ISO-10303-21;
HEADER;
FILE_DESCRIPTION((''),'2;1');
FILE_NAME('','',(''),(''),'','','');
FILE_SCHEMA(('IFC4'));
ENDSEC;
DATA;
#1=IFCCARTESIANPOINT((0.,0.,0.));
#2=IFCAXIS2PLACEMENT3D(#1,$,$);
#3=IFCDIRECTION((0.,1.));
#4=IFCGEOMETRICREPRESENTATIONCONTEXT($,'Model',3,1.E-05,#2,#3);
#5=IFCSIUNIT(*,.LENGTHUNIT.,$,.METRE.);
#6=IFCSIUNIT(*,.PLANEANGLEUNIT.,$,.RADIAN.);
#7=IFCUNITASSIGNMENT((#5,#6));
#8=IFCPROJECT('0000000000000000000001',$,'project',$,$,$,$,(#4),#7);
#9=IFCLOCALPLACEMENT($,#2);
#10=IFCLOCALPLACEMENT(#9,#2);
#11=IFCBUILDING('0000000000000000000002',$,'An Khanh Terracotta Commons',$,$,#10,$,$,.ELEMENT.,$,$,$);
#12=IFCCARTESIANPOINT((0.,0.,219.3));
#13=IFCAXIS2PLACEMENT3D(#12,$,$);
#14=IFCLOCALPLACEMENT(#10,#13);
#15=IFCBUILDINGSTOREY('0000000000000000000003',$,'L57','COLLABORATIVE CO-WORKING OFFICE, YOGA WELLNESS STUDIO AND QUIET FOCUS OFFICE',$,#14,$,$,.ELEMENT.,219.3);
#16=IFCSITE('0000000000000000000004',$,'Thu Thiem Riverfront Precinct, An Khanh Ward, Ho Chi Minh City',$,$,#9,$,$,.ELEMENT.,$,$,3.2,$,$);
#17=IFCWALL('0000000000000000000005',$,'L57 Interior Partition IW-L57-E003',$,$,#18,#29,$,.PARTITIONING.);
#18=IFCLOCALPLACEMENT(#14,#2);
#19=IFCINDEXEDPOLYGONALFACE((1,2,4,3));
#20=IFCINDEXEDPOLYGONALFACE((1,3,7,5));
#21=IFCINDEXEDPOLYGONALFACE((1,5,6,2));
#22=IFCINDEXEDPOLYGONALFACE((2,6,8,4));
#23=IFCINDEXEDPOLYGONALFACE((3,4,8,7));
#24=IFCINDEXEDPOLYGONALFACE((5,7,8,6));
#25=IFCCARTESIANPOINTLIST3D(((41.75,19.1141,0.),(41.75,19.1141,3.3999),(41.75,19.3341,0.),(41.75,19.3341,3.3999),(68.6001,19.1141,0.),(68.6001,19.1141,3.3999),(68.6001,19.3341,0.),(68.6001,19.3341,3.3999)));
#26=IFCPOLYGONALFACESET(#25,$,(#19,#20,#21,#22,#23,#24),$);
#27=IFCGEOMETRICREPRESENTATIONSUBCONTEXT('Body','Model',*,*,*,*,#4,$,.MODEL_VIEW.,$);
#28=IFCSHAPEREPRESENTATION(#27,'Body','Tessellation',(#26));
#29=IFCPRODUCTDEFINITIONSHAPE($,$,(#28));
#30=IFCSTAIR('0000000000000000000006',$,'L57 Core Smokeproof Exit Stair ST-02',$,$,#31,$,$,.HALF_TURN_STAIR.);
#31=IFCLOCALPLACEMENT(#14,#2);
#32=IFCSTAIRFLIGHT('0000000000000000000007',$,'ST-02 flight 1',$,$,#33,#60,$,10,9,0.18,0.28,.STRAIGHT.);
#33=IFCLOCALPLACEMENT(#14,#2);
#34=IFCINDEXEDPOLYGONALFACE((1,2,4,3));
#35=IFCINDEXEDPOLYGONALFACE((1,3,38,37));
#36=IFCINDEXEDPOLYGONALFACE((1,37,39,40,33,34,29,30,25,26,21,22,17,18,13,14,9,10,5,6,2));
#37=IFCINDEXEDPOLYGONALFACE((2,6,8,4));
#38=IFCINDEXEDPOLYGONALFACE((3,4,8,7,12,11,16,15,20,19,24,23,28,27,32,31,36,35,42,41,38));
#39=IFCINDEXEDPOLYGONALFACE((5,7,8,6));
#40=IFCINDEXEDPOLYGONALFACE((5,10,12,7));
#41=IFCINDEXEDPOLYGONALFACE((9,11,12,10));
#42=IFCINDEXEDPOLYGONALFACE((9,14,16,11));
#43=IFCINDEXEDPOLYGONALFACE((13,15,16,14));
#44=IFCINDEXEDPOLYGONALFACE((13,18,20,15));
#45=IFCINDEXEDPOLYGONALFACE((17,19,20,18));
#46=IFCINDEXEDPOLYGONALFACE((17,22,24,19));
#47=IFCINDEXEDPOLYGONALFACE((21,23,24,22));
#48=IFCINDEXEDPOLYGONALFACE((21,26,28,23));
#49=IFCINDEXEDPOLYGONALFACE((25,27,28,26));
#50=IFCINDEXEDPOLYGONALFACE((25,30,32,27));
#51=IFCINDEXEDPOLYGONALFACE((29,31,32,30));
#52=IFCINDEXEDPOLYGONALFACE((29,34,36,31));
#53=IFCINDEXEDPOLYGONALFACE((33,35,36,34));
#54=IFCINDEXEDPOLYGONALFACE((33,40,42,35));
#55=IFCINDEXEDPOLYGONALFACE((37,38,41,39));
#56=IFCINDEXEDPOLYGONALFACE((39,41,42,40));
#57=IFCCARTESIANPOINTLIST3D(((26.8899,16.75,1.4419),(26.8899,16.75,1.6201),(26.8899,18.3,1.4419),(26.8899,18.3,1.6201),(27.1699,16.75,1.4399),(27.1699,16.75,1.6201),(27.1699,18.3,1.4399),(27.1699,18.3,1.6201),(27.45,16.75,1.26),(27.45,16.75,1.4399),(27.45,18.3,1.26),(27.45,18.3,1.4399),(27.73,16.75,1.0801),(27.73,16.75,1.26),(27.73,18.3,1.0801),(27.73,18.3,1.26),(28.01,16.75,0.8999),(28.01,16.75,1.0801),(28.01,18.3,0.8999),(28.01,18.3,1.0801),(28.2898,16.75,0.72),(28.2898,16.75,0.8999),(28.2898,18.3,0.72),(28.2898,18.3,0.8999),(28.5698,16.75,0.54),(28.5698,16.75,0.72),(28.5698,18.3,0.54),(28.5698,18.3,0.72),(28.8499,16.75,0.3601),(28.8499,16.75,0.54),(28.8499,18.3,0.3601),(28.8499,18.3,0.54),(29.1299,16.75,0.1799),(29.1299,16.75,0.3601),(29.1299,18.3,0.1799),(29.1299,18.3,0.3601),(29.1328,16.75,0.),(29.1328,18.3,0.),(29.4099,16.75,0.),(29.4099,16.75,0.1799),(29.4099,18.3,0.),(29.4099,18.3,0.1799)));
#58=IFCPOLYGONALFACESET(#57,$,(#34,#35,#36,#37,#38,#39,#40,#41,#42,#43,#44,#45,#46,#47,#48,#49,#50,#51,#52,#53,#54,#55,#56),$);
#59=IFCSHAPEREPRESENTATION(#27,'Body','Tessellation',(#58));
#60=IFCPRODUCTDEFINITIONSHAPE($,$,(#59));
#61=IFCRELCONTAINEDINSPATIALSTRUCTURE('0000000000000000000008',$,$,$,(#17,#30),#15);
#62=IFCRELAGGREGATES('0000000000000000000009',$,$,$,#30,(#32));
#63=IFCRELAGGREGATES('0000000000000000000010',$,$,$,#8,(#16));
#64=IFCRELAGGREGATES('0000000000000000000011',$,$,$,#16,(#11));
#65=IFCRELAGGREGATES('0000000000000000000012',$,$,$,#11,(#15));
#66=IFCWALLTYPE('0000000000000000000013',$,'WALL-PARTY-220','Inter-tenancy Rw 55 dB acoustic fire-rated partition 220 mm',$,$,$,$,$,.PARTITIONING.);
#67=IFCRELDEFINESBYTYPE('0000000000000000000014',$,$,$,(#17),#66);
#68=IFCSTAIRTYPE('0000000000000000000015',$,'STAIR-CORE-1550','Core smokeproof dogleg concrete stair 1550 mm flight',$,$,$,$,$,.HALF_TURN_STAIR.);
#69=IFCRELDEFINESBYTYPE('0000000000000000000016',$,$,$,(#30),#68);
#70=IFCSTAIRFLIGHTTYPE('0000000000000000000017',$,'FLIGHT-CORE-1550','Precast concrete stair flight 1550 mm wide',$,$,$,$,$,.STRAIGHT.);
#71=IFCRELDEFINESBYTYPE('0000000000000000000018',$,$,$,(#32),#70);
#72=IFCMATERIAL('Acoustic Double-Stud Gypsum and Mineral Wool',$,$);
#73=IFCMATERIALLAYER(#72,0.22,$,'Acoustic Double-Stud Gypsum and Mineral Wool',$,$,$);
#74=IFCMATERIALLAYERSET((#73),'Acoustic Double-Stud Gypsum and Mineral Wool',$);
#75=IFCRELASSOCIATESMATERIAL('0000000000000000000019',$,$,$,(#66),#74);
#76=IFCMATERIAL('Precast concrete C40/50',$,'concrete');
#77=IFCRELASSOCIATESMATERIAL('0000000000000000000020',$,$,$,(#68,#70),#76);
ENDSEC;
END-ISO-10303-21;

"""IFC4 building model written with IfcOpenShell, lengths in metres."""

from ifc_helpers import new_model, si_unit, direction, frame, frame_2d, origin, place, context, subcontext, project, spatial, polyline, rectangle, outline, extrude, material, layer, layer_set, type_object, element, aggregate, save


model = new_model("IFC4")

# Units and contexts
model_context = context("Model", 3, precision=1e-05, world=origin(), true_north=direction((0.0, 1.0)))
body_context = subcontext(model_context, "Body", "Model", "MODEL_VIEW")
ifc_project = project(units=[si_unit("LENGTHUNIT", "METRE"), si_unit("PLANEANGLEUNIT", "RADIAN")], contexts=[model_context])

# Site, building, storey
site_placement = place(None, origin())
site = spatial("IfcSite", under=ifc_project, at=site_placement, Name="Thu Thiem Riverfront Precinct, An Khanh Ward, Ho Chi Minh City", CompositionType="ELEMENT", RefElevation=3.2)
building_placement = place(site_placement, origin())
building = spatial("IfcBuilding", under=site, at=building_placement, Name="An Khanh Terracotta Commons", CompositionType="ELEMENT")
storey_placement = place(building_placement, frame((0.0, 0.0, 219.3)))
storey = spatial("IfcBuildingStorey", under=building, at=storey_placement, Name="L57", Description="COLLABORATIVE CO-WORKING OFFICE, YOGA WELLNESS STUDIO AND QUIET FOCUS OFFICE", CompositionType="ELEMENT", Elevation=219.3)

# Wall
ifc_material_1 = material(Name="Acoustic Double-Stud Gypsum and Mineral Wool")
ifc_layer_1 = layer(ifc_material_1, 0.22, Name="Acoustic Double-Stud Gypsum and Mineral Wool")
ifc_layer_set_1 = layer_set([ifc_layer_1], Name="Acoustic Double-Stud Gypsum and Mineral Wool")
wall_type_1 = type_object("IfcWallType", Name="WALL-PARTY-220", Description="Inter-tenancy Rw 55 dB acoustic fire-rated partition 220 mm", PredefinedType="PARTITIONING", material=ifc_layer_set_1)
wall_1_placement = place(storey_placement, frame((41.75, 19.2241, 0.0), z_axis=(0.0, 0.0, 1.0), x_axis=(1.0, 0.0, 0.0)))
element("IfcWall", 1, at=wall_1_placement, inside=storey, type_object=wall_type_1, Name="L57 Interior Partition IW-L57-E003", PredefinedType="PARTITIONING", context=body_context, shape_type="SweptSolid", body=[
    extrude(rectangle(XDim=26.8501, YDim=0.22, at=frame_2d((13.425, 0.0))), origin(), (0.0, 0.0, 1.0), 3.3999),
])

# Stair, stair flight
ifc_material_2 = material(Name="Precast concrete C40/50", Category="concrete")
stair_type = type_object("IfcStairType", Name="STAIR-CORE-1550", Description="Core smokeproof dogleg concrete stair 1550 mm flight", PredefinedType="HALF_TURN_STAIR", material=ifc_material_2)
stair_placement = place(storey_placement, origin())
stair = element("IfcStair", 2, at=stair_placement, inside=storey, type_object=stair_type, Name="L57 Core Smokeproof Exit Stair ST-02", PredefinedType="HALF_TURN_STAIR")
stair_flight_type = type_object("IfcStairFlightType", Name="FLIGHT-CORE-1550", Description="Precast concrete stair flight 1550 mm wide", PredefinedType="STRAIGHT", material=ifc_material_2)
stair_flight_placement = place(storey_placement, frame((29.4099, 17.5249, 0.0), z_axis=(0.0, 0.0, 1.0), x_axis=(-1.0, 0.0, 0.0)))
stair_flight = element("IfcStairFlight", 3, at=stair_flight_placement, type_object=stair_flight_type, Name="ST-02 flight 1", NumberOfRisers=10, NumberOfTreads=9, PredefinedType="STRAIGHT", RiserHeight=0.18, TreadLength=0.28, context=body_context, shape_type="SweptSolid", body=[
    extrude(outline(polyline([(0.0, 0.0), (0.0, 0.1799), (0.28, 0.1799), (0.28, 0.3601), (0.5601, 0.3601), (0.5601, 0.54), (0.8401, 0.54), (0.8401, 0.72), (1.1201, 0.72), (1.1201, 0.8999), (1.3999, 0.8999), (1.3999, 1.0801), (1.6799, 1.0801), (1.6799, 1.26), (1.96, 1.26), (1.96, 1.4399), (2.24, 1.4399), (2.24, 1.6201), (2.52, 1.6201), (2.52, 1.8), (2.52, 1.4419), (0.2771, 0.0), (0.0, 0.0)])), frame((0.0, 0.7749, 0.0), z_axis=(0.0, -1.0, 0.0), x_axis=(1.0, 0.0, 0.0)), (0.0, 0.0, 1.0), 1.55),
])
aggregate(stair, [stair_flight])

save(model, "model.ifc")
